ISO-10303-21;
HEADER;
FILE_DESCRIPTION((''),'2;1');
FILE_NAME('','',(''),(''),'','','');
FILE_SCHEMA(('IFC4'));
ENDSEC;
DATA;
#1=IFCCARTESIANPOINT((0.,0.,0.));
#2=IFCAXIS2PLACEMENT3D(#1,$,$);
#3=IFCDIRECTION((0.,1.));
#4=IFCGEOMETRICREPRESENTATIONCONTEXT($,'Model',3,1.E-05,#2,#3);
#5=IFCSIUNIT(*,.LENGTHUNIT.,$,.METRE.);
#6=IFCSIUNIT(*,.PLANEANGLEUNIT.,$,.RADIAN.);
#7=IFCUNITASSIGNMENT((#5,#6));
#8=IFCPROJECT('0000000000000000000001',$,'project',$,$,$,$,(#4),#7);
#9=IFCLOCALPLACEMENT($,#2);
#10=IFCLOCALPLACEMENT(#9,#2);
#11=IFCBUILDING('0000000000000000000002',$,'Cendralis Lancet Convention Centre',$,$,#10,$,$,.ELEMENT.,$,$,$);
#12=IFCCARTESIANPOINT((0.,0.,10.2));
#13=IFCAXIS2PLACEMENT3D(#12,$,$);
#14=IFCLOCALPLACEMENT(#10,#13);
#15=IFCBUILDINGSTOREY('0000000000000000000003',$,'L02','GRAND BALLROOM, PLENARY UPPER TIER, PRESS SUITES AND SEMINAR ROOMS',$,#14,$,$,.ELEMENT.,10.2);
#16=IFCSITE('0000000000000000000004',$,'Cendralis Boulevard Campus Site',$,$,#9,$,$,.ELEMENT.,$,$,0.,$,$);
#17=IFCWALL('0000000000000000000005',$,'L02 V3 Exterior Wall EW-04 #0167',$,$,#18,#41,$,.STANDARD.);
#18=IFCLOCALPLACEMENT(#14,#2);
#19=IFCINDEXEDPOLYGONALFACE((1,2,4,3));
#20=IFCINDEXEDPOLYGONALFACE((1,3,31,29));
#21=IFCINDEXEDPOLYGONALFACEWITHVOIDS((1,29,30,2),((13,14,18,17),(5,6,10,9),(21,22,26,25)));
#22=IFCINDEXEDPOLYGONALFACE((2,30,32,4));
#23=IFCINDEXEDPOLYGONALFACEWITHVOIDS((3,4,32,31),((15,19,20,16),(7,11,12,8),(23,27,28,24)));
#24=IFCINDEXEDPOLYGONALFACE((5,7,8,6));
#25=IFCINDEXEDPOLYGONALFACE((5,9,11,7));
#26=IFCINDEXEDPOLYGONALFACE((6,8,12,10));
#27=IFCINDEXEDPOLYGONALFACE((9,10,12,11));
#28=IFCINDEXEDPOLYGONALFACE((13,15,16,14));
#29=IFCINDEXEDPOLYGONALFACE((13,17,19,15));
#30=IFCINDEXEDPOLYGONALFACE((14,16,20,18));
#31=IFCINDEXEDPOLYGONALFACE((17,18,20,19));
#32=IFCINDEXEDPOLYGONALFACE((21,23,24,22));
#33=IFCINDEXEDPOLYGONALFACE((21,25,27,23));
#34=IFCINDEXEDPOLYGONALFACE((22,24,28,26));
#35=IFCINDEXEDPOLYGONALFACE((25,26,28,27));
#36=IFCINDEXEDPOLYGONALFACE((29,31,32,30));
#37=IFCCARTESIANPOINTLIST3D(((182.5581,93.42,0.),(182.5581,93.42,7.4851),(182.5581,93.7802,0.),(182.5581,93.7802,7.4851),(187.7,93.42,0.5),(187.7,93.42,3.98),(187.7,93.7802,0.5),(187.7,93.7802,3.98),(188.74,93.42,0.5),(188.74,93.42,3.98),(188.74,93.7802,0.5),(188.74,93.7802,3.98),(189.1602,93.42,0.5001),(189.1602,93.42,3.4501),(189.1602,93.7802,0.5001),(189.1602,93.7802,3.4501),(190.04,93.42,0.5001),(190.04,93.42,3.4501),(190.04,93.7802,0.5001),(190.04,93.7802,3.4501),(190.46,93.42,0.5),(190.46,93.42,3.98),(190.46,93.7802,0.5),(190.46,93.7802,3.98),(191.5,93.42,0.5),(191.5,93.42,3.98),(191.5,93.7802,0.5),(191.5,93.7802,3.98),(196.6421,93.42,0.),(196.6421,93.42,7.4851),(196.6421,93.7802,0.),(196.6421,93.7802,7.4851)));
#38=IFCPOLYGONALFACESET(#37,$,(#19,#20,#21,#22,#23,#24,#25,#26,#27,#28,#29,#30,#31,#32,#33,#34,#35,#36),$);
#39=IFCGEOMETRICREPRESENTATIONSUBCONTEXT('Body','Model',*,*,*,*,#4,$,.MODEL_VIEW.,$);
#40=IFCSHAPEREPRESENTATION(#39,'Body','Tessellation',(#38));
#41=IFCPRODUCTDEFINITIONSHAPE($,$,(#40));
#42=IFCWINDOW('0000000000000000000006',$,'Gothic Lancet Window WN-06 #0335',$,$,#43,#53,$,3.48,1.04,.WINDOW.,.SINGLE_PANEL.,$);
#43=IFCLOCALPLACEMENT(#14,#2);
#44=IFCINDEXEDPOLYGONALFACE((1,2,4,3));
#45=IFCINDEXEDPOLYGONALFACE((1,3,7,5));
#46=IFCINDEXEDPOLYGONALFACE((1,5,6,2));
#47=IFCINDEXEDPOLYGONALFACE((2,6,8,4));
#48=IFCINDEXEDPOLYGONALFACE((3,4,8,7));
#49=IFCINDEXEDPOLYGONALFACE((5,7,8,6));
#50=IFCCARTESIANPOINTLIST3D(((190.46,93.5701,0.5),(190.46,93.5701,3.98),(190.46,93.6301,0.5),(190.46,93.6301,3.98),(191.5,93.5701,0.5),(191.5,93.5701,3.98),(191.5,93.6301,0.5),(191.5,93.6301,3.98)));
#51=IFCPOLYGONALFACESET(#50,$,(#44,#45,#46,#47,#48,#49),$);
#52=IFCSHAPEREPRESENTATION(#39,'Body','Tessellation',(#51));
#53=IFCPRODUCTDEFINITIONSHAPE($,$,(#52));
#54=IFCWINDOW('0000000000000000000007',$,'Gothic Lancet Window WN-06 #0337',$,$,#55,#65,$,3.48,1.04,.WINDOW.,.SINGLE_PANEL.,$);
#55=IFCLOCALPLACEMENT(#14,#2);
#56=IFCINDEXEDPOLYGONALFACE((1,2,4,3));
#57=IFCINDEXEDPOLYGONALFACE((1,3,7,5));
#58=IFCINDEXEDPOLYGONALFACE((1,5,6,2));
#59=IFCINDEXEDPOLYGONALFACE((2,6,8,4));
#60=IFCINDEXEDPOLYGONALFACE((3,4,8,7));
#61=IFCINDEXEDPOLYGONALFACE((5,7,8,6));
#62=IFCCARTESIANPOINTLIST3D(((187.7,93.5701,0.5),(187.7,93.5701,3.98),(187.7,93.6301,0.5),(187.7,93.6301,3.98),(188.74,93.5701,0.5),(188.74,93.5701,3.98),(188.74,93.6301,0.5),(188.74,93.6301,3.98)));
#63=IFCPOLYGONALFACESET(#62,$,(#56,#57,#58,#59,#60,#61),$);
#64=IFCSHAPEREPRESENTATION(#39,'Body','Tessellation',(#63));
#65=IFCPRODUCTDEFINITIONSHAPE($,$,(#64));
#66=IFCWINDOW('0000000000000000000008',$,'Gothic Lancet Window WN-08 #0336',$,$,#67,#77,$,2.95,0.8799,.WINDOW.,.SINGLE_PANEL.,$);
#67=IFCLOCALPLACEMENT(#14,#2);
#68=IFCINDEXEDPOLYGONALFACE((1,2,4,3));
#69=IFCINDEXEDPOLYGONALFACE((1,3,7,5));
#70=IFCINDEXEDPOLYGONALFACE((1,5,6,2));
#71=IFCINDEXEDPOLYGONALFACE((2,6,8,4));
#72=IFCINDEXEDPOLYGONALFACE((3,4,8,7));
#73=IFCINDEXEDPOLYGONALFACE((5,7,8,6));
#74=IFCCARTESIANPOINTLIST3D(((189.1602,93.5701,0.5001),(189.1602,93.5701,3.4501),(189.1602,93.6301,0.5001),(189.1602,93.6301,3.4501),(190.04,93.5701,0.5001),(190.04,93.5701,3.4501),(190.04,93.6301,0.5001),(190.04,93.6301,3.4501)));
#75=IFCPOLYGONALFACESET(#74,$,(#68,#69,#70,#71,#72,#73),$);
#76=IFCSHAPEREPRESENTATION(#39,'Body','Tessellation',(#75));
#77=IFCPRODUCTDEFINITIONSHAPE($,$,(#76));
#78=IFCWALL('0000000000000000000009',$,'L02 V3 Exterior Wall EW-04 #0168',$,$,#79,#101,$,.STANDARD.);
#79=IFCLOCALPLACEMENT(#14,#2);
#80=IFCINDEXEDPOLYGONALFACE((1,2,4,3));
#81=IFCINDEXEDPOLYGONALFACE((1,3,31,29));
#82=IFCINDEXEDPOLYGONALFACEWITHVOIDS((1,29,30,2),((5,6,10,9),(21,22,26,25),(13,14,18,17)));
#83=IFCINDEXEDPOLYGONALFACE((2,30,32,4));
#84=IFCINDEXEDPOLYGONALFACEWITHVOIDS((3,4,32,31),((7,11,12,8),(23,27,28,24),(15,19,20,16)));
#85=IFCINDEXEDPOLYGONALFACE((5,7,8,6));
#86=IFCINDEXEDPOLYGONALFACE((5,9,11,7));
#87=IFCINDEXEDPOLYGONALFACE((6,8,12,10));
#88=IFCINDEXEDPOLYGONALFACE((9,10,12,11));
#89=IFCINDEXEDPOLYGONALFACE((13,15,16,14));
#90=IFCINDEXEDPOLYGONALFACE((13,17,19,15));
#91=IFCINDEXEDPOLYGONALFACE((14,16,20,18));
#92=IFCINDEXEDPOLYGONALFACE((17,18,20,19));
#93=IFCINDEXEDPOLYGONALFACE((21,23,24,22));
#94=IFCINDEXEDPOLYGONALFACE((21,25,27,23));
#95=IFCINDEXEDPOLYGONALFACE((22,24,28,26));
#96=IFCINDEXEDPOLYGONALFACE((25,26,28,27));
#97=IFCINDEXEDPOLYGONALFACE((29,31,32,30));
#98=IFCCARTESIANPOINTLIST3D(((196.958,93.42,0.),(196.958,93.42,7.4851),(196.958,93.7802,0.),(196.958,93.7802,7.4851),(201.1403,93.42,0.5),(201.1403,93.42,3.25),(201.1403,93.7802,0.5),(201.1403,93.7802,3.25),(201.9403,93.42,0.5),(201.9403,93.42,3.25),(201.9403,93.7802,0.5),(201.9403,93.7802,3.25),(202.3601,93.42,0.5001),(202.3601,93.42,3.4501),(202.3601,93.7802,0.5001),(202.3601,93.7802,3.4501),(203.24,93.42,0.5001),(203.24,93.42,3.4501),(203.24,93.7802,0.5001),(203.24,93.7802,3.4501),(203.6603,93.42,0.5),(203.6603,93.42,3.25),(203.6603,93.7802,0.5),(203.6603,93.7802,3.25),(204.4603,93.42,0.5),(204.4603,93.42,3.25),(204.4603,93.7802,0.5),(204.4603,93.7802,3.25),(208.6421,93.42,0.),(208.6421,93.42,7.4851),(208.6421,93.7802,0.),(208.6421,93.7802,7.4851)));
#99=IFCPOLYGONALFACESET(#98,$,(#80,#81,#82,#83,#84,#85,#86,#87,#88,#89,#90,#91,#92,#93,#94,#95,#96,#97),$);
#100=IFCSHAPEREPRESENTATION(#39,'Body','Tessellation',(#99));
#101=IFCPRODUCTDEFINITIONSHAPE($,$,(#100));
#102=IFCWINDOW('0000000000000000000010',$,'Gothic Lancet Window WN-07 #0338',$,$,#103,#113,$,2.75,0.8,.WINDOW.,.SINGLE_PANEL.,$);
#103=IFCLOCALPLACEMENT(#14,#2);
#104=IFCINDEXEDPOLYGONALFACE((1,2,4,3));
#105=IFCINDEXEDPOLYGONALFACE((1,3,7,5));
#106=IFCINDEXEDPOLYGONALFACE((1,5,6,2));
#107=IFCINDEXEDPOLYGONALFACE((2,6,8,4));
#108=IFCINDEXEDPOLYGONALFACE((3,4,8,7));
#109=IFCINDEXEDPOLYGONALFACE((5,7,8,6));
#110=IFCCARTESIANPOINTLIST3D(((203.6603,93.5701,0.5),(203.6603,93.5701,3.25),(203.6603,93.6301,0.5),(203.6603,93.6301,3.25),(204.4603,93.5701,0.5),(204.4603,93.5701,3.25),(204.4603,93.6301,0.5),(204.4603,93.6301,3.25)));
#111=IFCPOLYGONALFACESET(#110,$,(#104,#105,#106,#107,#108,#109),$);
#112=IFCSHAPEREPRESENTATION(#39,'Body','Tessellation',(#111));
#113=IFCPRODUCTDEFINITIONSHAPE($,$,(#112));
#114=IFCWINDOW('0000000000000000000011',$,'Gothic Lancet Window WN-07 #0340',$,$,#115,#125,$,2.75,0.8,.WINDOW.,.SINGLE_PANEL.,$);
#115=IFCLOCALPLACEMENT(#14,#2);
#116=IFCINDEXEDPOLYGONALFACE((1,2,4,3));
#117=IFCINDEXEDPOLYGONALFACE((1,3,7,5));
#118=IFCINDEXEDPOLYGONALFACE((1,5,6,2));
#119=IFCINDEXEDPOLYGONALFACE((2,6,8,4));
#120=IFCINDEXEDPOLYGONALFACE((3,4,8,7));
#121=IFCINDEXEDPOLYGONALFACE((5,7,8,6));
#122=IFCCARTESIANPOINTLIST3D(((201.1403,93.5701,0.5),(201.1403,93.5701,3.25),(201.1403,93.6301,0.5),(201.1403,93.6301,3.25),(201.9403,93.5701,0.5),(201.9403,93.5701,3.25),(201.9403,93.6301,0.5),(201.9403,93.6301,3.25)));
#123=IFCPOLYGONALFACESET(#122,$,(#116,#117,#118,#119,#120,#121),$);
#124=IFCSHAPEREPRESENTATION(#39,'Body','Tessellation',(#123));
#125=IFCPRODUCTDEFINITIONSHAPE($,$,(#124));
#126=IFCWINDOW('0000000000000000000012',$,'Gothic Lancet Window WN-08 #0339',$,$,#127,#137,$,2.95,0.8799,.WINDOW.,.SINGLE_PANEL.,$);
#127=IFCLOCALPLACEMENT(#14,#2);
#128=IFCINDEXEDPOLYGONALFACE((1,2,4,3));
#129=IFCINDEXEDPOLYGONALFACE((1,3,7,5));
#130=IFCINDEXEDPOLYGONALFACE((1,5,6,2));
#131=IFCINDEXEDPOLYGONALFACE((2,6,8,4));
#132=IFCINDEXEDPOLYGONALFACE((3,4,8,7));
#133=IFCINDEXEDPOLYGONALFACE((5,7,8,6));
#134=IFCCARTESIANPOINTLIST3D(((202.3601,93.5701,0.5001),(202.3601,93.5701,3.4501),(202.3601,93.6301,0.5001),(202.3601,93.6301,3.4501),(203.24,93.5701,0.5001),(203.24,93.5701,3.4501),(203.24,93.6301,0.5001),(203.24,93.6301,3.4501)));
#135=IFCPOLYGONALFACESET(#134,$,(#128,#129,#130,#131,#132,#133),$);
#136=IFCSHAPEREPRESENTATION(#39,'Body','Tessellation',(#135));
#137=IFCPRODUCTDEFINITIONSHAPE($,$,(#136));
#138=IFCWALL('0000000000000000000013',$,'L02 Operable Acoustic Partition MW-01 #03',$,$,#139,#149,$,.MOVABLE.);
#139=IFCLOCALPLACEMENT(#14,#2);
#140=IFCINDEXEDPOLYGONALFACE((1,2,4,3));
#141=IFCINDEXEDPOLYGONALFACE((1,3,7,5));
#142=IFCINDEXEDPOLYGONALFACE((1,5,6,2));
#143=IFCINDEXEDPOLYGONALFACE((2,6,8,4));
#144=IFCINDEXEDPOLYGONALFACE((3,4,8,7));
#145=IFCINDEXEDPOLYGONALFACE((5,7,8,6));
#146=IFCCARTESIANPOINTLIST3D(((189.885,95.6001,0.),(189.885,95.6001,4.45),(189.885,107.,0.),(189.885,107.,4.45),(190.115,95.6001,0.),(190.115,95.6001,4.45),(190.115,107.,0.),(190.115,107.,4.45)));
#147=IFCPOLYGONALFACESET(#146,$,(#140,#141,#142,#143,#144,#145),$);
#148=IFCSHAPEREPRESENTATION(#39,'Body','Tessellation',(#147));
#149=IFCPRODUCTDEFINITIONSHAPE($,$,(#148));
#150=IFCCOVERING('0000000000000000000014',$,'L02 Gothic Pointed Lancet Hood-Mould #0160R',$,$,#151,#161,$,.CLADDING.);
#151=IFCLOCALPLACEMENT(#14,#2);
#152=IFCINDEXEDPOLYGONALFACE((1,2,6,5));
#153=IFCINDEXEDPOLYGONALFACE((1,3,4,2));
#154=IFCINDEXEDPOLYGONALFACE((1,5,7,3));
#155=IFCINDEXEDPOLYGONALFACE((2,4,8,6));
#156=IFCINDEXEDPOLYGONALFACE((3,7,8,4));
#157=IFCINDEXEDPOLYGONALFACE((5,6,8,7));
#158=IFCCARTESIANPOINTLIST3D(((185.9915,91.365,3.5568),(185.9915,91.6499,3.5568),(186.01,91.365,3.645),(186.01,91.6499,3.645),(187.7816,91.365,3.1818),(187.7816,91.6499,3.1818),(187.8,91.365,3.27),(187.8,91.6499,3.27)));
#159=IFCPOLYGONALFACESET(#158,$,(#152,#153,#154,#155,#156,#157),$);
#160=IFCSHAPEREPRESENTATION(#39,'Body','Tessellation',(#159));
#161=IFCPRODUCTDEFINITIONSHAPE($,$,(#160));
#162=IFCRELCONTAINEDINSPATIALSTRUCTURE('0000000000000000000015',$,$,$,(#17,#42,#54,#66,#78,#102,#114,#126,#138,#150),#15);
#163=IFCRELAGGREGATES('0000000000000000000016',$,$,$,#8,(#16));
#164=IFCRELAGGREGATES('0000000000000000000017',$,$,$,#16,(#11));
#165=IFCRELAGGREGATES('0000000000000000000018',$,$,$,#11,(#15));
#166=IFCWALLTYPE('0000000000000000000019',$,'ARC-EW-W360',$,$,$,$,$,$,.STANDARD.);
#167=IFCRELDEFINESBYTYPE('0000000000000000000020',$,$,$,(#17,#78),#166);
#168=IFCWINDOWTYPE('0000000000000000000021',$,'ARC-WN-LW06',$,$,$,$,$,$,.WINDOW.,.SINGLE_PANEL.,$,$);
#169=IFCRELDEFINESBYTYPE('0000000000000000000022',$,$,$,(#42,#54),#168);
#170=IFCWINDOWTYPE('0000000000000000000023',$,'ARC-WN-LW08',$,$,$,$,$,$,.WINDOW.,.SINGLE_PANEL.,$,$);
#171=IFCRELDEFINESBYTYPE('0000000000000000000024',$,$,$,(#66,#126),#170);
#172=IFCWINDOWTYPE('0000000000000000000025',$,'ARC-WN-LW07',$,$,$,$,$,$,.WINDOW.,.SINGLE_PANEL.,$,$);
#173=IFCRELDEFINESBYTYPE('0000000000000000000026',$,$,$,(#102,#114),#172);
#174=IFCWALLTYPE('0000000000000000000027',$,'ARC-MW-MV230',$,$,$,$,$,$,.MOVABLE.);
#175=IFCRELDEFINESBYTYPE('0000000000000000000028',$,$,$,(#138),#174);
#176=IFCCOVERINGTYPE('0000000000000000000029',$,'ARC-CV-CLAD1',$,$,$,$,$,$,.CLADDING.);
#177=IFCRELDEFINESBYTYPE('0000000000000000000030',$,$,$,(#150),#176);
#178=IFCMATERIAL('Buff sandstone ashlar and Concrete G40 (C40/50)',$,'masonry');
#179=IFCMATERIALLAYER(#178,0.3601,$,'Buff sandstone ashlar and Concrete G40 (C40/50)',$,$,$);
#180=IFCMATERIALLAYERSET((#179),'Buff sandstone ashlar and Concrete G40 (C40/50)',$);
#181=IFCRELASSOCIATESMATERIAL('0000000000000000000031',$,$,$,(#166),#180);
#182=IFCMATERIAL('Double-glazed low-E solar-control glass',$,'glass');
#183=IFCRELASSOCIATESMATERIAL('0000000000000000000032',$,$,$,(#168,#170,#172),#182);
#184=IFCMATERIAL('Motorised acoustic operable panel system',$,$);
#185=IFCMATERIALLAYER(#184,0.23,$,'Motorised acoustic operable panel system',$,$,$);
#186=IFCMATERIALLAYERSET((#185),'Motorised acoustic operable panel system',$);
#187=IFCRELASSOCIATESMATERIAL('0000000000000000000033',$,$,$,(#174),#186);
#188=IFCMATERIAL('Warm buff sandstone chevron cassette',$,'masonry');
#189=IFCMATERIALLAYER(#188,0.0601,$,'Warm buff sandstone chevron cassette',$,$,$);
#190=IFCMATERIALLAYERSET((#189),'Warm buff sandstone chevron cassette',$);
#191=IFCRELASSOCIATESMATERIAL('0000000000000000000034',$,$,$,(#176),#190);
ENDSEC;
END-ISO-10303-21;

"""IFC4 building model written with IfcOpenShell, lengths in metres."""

from ifc_helpers import new_model, si_unit, direction, frame, frame_2d, origin, place, context, subcontext, project, spatial, polyline, rectangle, outline, extrude, material, layer, layer_set, type_object, element, fill, save


model = new_model("IFC4")

# Units and contexts
model_context = context("Model", 3, precision=1e-05, world=origin(), true_north=direction((0.0, 1.0)))
body_context = subcontext(model_context, "Body", "Model", "MODEL_VIEW")
ifc_project = project(units=[si_unit("LENGTHUNIT", "METRE"), si_unit("PLANEANGLEUNIT", "RADIAN")], contexts=[model_context])

# Site, building, storey
site_placement = place(None, origin())
site = spatial("IfcSite", under=ifc_project, at=site_placement, Name="Cendralis Boulevard Campus Site", CompositionType="ELEMENT", RefElevation=0.0)
building_placement = place(site_placement, origin())
building = spatial("IfcBuilding", under=site, at=building_placement, Name="Cendralis Lancet Convention Centre", CompositionType="ELEMENT")
storey_placement = place(building_placement, frame((0.0, 0.0, 10.2)))
storey = spatial("IfcBuildingStorey", under=building, at=storey_placement, Name="L02", Description="GRAND BALLROOM, PLENARY UPPER TIER, PRESS SUITES AND SEMINAR ROOMS", CompositionType="ELEMENT", Elevation=10.2)

# Shared definitions
ifc_material_1 = material(Name="Double-glazed low-E solar-control glass", Category="glass")

# Walls, openings, windows
ifc_material_2 = material(Name="Buff sandstone ashlar and Concrete G40 (C40/50)", Category="masonry")
ifc_layer_1 = layer(ifc_material_2, 0.3601, Name="Buff sandstone ashlar and Concrete G40 (C40/50)")
ifc_layer_set_1 = layer_set([ifc_layer_1], Name="Buff sandstone ashlar and Concrete G40 (C40/50)")
wall_type_1 = type_object("IfcWallType", Name="ARC-EW-W360", PredefinedType="STANDARD", material=ifc_layer_set_1)
wall_1_placement = place(storey_placement, frame((196.6421, 93.6001, 0.0), z_axis=(0.0, 0.0, 1.0), x_axis=(-1.0, 0.0, 0.0)))
wall_1 = element("IfcWall", 1, at=wall_1_placement, inside=storey, type_object=wall_type_1, Name="L02 V3 Exterior Wall EW-04 #0167", PredefinedType="STANDARD", context=body_context, shape_type="SweptSolid", body=[
    extrude(rectangle(XDim=14.084, YDim=0.3601, at=frame_2d((7.042, 0.0))), origin(), (0.0, 0.0, 1.0), 7.4851),
])
opening_1_placement = place(wall_1_placement, frame((5.1421, 0.0, 0.5)))
opening_1 = element("IfcOpeningElement", 2, at=opening_1_placement, cuts=wall_1, PredefinedType="OPENING", context=body_context, shape_type="SweptSolid", body=[
    extrude(rectangle(XDim=1.04, YDim=3.48, at=frame_2d((0.52, 1.74))), frame((0.0, 0.1899, 0.0), z_axis=(0.0, -1.0, 0.0), x_axis=(1.0, 0.0, 0.0)), (0.0, 0.0, 1.0), 0.3801),
])
opening_2_placement = place(wall_1_placement, frame((6.6021, 0.0, 0.5)))
opening_2 = element("IfcOpeningElement", 3, at=opening_2_placement, cuts=wall_1, PredefinedType="OPENING", context=body_context, shape_type="SweptSolid", body=[
    extrude(rectangle(XDim=0.8799, YDim=2.95, at=frame_2d((0.4399, 1.4751))), frame((0.0, 0.1899, 0.0), z_axis=(0.0, -1.0, 0.0), x_axis=(1.0, 0.0, 0.0)), (0.0, 0.0, 1.0), 0.3801),
])
opening_3_placement = place(wall_1_placement, frame((7.9021, 0.0, 0.5)))
opening_3 = element("IfcOpeningElement", 4, at=opening_3_placement, cuts=wall_1, PredefinedType="OPENING", context=body_context, shape_type="SweptSolid", body=[
    extrude(rectangle(XDim=1.04, YDim=3.48, at=frame_2d((0.52, 1.74))), frame((0.0, 0.1899, 0.0), z_axis=(0.0, -1.0, 0.0), x_axis=(1.0, 0.0, 0.0)), (0.0, 0.0, 1.0), 0.3801),
])
window_type_1 = type_object("IfcWindowType", Name="ARC-WN-LW06", PartitioningType="SINGLE_PANEL", PredefinedType="WINDOW", material=ifc_material_1)
window_1_placement = place(opening_1_placement, origin())
window_1 = element("IfcWindow", 5, at=window_1_placement, inside=storey, type_object=window_type_1, Name="Gothic Lancet Window WN-06 #0335", OverallHeight=3.48, OverallWidth=1.04, PartitioningType="SINGLE_PANEL", PredefinedType="WINDOW", context=body_context, shape_type="SweptSolid", body=[
    extrude(rectangle(XDim=1.04, YDim=3.48, at=frame_2d((0.52, 1.74))), frame((0.0, 0.03, 0.0), z_axis=(0.0, -1.0, 0.0), x_axis=(1.0, 0.0, 0.0)), (0.0, 0.0, 1.0), 0.0601),
])
fill(opening_1, window_1)
window_2_placement = place(opening_3_placement, origin())
window_2 = element("IfcWindow", 6, at=window_2_placement, inside=storey, type_object=window_type_1, Name="Gothic Lancet Window WN-06 #0337", OverallHeight=3.48, OverallWidth=1.04, PartitioningType="SINGLE_PANEL", PredefinedType="WINDOW", context=body_context, shape_type="SweptSolid", body=[
    extrude(rectangle(XDim=1.04, YDim=3.48, at=frame_2d((0.52, 1.74))), frame((0.0, 0.03, 0.0), z_axis=(0.0, -1.0, 0.0), x_axis=(1.0, 0.0, 0.0)), (0.0, 0.0, 1.0), 0.0601),
])
fill(opening_3, window_2)
window_type_2 = type_object("IfcWindowType", Name="ARC-WN-LW08", PartitioningType="SINGLE_PANEL", PredefinedType="WINDOW", material=ifc_material_1)
window_3_placement = place(opening_2_placement, origin())
window_3 = element("IfcWindow", 7, at=window_3_placement, inside=storey, type_object=window_type_2, Name="Gothic Lancet Window WN-08 #0336", OverallHeight=2.95, OverallWidth=0.8799, PartitioningType="SINGLE_PANEL", PredefinedType="WINDOW", context=body_context, shape_type="SweptSolid", body=[
    extrude(rectangle(XDim=0.8799, YDim=2.95, at=frame_2d((0.4399, 1.4751))), frame((0.0, 0.03, 0.0), z_axis=(0.0, -1.0, 0.0), x_axis=(1.0, 0.0, 0.0)), (0.0, 0.0, 1.0), 0.0601),
])
fill(opening_2, window_3)
wall_2_placement = place(storey_placement, frame((208.6421, 93.6001, 0.0), z_axis=(0.0, 0.0, 1.0), x_axis=(-1.0, 0.0, 0.0)))
wall_2 = element("IfcWall", 8, at=wall_2_placement, inside=storey, type_object=wall_type_1, Name="L02 V3 Exterior Wall EW-04 #0168", PredefinedType="STANDARD", context=body_context, shape_type="SweptSolid", body=[
    extrude(rectangle(XDim=11.6841, YDim=0.3601, at=frame_2d((5.842, 0.0))), origin(), (0.0, 0.0, 1.0), 7.4851),
])
opening_4_placement = place(wall_2_placement, frame((4.1819, 0.0, 0.5)))
opening_4 = element("IfcOpeningElement", 9, at=opening_4_placement, cuts=wall_2, PredefinedType="OPENING", context=body_context, shape_type="SweptSolid", body=[
    extrude(rectangle(XDim=0.8, YDim=2.75, at=frame_2d((0.3999, 1.375))), frame((0.0, 0.1899, 0.0), z_axis=(0.0, -1.0, 0.0), x_axis=(1.0, 0.0, 0.0)), (0.0, 0.0, 1.0), 0.3801),
])
opening_5_placement = place(wall_2_placement, frame((5.4021, 0.0, 0.5)))
opening_5 = element("IfcOpeningElement", 10, at=opening_5_placement, cuts=wall_2, PredefinedType="OPENING", context=body_context, shape_type="SweptSolid", body=[
    extrude(rectangle(XDim=0.8799, YDim=2.95, at=frame_2d((0.4399, 1.4751))), frame((0.0, 0.1899, 0.0), z_axis=(0.0, -1.0, 0.0), x_axis=(1.0, 0.0, 0.0)), (0.0, 0.0, 1.0), 0.3801),
])
opening_6_placement = place(wall_2_placement, frame((6.7019, 0.0, 0.5)))
opening_6 = element("IfcOpeningElement", 11, at=opening_6_placement, cuts=wall_2, PredefinedType="OPENING", context=body_context, shape_type="SweptSolid", body=[
    extrude(rectangle(XDim=0.8, YDim=2.75, at=frame_2d((0.3999, 1.375))), frame((0.0, 0.1899, 0.0), z_axis=(0.0, -1.0, 0.0), x_axis=(1.0, 0.0, 0.0)), (0.0, 0.0, 1.0), 0.3801),
])
window_type_3 = type_object("IfcWindowType", Name="ARC-WN-LW07", PartitioningType="SINGLE_PANEL", PredefinedType="WINDOW", material=ifc_material_1)
window_4_placement = place(opening_4_placement, origin())
window_4 = element("IfcWindow", 12, at=window_4_placement, inside=storey, type_object=window_type_3, Name="Gothic Lancet Window WN-07 #0338", OverallHeight=2.75, OverallWidth=0.8, PartitioningType="SINGLE_PANEL", PredefinedType="WINDOW", context=body_context, shape_type="SweptSolid", body=[
    extrude(rectangle(XDim=0.8, YDim=2.75, at=frame_2d((0.3999, 1.375))), frame((0.0, 0.03, 0.0), z_axis=(0.0, -1.0, 0.0), x_axis=(1.0, 0.0, 0.0)), (0.0, 0.0, 1.0), 0.0601),
])
fill(opening_4, window_4)
window_5_placement = place(opening_6_placement, origin())
window_5 = element("IfcWindow", 13, at=window_5_placement, inside=storey, type_object=window_type_3, Name="Gothic Lancet Window WN-07 #0340", OverallHeight=2.75, OverallWidth=0.8, PartitioningType="SINGLE_PANEL", PredefinedType="WINDOW", context=body_context, shape_type="SweptSolid", body=[
    extrude(rectangle(XDim=0.8, YDim=2.75, at=frame_2d((0.3999, 1.375))), frame((0.0, 0.03, 0.0), z_axis=(0.0, -1.0, 0.0), x_axis=(1.0, 0.0, 0.0)), (0.0, 0.0, 1.0), 0.0601),
])
fill(opening_6, window_5)
window_6_placement = place(opening_5_placement, origin())
window_6 = element("IfcWindow", 14, at=window_6_placement, inside=storey, type_object=window_type_2, Name="Gothic Lancet Window WN-08 #0339", OverallHeight=2.95, OverallWidth=0.8799, PartitioningType="SINGLE_PANEL", PredefinedType="WINDOW", context=body_context, shape_type="SweptSolid", body=[
    extrude(rectangle(XDim=0.8799, YDim=2.95, at=frame_2d((0.4399, 1.4751))), frame((0.0, 0.03, 0.0), z_axis=(0.0, -1.0, 0.0), x_axis=(1.0, 0.0, 0.0)), (0.0, 0.0, 1.0), 0.0601),
])
fill(opening_5, window_6)

# Wall
ifc_material_3 = material(Name="Motorised acoustic operable panel system")
ifc_layer_2 = layer(ifc_material_3, 0.23, Name="Motorised acoustic operable panel system")
ifc_layer_set_2 = layer_set([ifc_layer_2], Name="Motorised acoustic operable panel system")
wall_type_2 = type_object("IfcWallType", Name="ARC-MW-MV230", PredefinedType="MOVABLE", material=ifc_layer_set_2)
wall_3_placement = place(storey_placement, frame((190.0, 95.6001, 0.0), z_axis=(0.0, 0.0, 1.0), x_axis=(0.0, 1.0, 0.0)))
element("IfcWall", 15, at=wall_3_placement, inside=storey, type_object=wall_type_2, Name="L02 Operable Acoustic Partition MW-01 #03", PredefinedType="MOVABLE", context=body_context, shape_type="SweptSolid", body=[
    extrude(rectangle(XDim=11.3999, YDim=0.23, at=frame_2d((5.7, 0.0))), origin(), (0.0, 0.0, 1.0), 4.45),
])

# Covering
ifc_material_4 = material(Name="Warm buff sandstone chevron cassette", Category="masonry")
ifc_layer_3 = layer(ifc_material_4, 0.0601, Name="Warm buff sandstone chevron cassette")
ifc_layer_set_3 = layer_set([ifc_layer_3], Name="Warm buff sandstone chevron cassette")
covering_type = type_object("IfcCoveringType", Name="ARC-CV-CLAD1", PredefinedType="CLADDING", material=ifc_layer_set_3)
covering_1_placement = place(storey_placement, frame((186.01, 91.6499, 3.645), z_axis=(0.205042, 0.0, 0.978753), x_axis=(0.0, -1.0, 0.0)))
element("IfcCovering", 16, at=covering_1_placement, inside=storey, type_object=covering_type, Name="L02 Gothic Pointed Lancet Hood-Mould #0160R", PredefinedType="CLADDING", context=body_context, shape_type="SweptSolid", body=[
    extrude(outline(polyline([(0.0, 0.0), (0.2849, 0.0), (0.2849, 1.8289), (0.0, 1.8289), (0.0, 0.0)])), origin(), (0.0, 0.0, -1.0), 0.0901),
])

save(model, "model.ifc")
